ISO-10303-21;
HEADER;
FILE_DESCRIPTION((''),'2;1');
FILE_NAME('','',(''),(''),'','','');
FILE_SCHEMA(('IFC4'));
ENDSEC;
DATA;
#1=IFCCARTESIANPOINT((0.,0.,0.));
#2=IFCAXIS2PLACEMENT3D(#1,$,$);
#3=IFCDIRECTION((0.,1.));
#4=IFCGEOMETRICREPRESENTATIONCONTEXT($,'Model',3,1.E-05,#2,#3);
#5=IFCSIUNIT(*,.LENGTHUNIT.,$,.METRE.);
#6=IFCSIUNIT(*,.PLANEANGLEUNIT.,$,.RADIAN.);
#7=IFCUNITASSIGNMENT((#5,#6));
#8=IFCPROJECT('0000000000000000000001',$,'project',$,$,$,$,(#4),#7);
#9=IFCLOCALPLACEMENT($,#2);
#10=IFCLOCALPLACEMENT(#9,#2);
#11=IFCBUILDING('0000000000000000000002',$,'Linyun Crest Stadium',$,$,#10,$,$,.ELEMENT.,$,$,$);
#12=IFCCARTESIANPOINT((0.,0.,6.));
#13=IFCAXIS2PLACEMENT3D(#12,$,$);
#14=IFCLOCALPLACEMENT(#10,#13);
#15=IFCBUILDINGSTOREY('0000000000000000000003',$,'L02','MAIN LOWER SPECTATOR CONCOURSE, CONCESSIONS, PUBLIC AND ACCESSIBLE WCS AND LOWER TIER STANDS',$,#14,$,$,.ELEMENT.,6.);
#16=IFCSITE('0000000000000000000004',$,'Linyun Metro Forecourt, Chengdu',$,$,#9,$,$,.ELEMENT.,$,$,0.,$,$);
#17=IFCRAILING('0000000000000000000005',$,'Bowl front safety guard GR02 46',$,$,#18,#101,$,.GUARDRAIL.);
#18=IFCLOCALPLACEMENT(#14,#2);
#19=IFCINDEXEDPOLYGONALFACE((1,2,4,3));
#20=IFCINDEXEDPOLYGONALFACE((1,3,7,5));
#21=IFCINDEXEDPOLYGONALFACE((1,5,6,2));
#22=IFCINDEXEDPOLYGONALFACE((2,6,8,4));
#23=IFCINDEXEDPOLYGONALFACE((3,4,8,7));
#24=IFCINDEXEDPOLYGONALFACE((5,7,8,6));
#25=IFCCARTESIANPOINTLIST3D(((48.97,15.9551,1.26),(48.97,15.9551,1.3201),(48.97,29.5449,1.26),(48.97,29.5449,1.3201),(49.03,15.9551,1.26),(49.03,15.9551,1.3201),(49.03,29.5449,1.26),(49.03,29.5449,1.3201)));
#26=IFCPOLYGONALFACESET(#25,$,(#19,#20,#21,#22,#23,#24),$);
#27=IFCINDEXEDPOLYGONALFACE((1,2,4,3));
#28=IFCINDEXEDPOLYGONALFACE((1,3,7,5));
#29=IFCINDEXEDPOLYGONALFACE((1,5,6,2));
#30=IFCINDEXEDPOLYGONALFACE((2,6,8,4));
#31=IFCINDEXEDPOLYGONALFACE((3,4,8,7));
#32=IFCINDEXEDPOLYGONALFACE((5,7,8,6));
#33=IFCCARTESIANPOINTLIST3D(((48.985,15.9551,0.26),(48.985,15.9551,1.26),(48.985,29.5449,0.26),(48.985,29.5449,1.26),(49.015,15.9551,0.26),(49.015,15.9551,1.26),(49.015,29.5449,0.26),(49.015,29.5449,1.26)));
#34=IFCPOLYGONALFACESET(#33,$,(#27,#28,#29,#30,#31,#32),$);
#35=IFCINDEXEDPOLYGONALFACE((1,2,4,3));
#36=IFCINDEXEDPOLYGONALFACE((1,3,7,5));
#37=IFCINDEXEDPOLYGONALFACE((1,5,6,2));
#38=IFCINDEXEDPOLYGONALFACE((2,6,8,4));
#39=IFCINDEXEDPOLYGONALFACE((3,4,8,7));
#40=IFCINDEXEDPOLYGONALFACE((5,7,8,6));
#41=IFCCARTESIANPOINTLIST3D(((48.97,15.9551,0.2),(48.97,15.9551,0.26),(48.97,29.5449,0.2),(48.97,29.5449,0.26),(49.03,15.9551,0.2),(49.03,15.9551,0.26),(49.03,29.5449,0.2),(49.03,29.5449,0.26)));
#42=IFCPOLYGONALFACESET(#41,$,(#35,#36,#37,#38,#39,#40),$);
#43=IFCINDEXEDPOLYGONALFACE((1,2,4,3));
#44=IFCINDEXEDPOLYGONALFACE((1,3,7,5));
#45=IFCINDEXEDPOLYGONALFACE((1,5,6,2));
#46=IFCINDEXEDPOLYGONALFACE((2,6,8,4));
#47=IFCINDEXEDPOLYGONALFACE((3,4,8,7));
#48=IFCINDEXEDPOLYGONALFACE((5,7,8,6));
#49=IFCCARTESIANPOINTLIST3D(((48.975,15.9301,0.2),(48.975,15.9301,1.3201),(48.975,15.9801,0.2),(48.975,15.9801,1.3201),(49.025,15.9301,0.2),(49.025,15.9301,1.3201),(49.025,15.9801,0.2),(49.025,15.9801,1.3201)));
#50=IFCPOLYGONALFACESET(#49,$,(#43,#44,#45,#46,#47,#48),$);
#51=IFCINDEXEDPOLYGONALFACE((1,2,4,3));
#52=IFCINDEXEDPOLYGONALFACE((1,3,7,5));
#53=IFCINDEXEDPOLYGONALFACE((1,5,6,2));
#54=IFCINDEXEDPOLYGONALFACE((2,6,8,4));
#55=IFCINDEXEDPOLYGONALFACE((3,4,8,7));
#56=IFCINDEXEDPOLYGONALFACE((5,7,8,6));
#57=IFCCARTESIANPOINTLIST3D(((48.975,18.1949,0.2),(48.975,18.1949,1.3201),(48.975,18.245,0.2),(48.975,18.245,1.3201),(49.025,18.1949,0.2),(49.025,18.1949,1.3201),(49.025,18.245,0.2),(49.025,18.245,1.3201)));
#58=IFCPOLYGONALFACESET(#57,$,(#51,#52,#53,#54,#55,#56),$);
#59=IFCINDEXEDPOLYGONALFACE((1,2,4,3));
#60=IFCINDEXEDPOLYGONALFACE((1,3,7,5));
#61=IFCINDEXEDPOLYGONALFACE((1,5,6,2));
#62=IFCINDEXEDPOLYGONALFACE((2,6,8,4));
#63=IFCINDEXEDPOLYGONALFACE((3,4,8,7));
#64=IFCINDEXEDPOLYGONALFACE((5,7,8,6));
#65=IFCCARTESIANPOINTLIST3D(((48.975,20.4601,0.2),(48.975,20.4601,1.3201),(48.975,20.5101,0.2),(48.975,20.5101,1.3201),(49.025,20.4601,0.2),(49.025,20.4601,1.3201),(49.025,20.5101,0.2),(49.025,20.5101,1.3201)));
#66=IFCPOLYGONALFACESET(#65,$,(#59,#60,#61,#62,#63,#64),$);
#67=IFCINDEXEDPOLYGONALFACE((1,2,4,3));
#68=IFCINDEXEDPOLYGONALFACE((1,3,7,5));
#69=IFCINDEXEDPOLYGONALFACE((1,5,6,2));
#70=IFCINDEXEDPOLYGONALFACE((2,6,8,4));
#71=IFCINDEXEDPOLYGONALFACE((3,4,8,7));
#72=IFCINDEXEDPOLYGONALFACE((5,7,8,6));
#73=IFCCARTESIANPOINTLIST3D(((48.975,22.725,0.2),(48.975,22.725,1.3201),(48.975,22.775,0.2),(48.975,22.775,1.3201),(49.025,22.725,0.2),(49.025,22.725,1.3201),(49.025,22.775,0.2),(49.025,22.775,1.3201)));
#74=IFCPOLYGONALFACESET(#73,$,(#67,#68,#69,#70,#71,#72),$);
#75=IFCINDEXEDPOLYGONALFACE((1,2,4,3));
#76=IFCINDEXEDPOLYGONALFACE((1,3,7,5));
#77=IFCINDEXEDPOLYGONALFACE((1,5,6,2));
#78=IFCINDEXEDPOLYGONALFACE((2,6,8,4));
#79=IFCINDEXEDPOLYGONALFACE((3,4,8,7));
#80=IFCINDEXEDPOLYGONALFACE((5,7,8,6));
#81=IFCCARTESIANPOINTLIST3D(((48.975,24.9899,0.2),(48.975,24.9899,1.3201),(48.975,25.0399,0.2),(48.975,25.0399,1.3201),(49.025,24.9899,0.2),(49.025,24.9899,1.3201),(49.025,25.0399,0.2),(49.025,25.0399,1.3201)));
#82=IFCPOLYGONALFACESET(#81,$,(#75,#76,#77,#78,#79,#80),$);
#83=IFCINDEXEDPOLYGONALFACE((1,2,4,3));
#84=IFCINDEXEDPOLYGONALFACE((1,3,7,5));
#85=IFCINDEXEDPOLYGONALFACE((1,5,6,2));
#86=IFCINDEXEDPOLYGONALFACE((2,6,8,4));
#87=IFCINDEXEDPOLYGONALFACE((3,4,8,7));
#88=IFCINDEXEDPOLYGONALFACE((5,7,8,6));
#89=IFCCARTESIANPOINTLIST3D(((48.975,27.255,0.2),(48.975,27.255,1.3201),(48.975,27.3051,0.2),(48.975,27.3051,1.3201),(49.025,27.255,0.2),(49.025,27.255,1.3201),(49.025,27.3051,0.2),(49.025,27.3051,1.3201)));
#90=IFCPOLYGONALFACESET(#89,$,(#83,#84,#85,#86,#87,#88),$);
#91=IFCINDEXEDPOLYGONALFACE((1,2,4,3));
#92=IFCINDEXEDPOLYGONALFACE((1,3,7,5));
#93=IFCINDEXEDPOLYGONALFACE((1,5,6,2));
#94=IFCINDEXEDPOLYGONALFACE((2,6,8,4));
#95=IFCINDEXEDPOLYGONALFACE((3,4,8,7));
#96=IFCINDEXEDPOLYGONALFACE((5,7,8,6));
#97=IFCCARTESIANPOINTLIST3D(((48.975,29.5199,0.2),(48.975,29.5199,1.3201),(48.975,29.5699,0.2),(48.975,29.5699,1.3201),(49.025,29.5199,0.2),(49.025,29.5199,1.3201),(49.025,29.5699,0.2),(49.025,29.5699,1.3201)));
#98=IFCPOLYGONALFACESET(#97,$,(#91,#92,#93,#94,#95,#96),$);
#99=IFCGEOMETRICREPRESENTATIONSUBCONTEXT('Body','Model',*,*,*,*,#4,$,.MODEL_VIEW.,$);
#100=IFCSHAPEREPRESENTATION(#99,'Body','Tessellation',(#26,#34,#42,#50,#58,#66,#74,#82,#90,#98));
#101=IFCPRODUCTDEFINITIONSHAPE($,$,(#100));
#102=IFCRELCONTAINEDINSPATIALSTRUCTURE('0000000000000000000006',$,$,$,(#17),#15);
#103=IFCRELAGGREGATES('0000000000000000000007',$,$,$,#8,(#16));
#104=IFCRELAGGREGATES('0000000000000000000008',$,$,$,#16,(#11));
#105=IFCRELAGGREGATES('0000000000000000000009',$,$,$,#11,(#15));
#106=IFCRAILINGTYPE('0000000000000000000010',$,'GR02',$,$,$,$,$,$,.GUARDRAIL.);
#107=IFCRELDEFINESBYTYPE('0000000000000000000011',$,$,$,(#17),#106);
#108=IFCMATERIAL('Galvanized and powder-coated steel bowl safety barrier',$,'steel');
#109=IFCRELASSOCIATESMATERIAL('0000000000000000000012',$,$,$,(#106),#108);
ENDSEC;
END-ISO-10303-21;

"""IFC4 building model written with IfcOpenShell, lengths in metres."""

from ifc_helpers import new_model, si_unit, direction, frame, origin, origin_2d, place, context, subcontext, project, spatial, rectangle, extrude, material, type_object, element, save


model = new_model("IFC4")

# Units and contexts
model_context = context("Model", 3, precision=1e-05, world=origin(), true_north=direction((0.0, 1.0)))
body_context = subcontext(model_context, "Body", "Model", "MODEL_VIEW")
ifc_project = project(units=[si_unit("LENGTHUNIT", "METRE"), si_unit("PLANEANGLEUNIT", "RADIAN")], contexts=[model_context])

# Site, building, storey
site_placement = place(None, origin())
site = spatial("IfcSite", under=ifc_project, at=site_placement, Name="Linyun Metro Forecourt, Chengdu", CompositionType="ELEMENT", RefElevation=0.0)
building_placement = place(site_placement, origin())
building = spatial("IfcBuilding", under=site, at=building_placement, Name="Linyun Crest Stadium", CompositionType="ELEMENT")
storey_placement = place(building_placement, frame((0.0, 0.0, 6.0)))
storey = spatial("IfcBuildingStorey", under=building, at=storey_placement, Name="L02", Description="MAIN LOWER SPECTATOR CONCOURSE, CONCESSIONS, PUBLIC AND ACCESSIBLE WCS AND LOWER TIER STANDS", CompositionType="ELEMENT", Elevation=6.0)

# Railing
ifc_material_1 = material(Name="Galvanized and powder-coated steel bowl safety barrier", Category="steel")
railing_type = type_object("IfcRailingType", Name="GR02", PredefinedType="GUARDRAIL", material=ifc_material_1)
for number, where, name in (
    (1, (49.0, 15.9551, 0.2), "Bowl front safety guard GR02 46"),
):
    element("IfcRailing", number, at=place(storey_placement, frame(where)), inside=storey, type_object=railing_type, Name=name, PredefinedType="GUARDRAIL", context=body_context, shape_type="SweptSolid", body=[
        extrude(rectangle(XDim=0.0601, YDim=0.0601, at=origin_2d()), frame((0.0, 0.0, 1.0901), z_axis=(0.0, 1.0, 0.0), x_axis=(-1.0, 0.0, 0.0)), (0.0, 0.0, 1.0), 13.5898),
        extrude(rectangle(XDim=0.03, YDim=1.0, at=origin_2d()), frame((0.0, 0.0, 0.5601), z_axis=(0.0, 1.0, 0.0), x_axis=(-1.0, 0.0, 0.0)), (0.0, 0.0, 1.0), 13.5898),
        extrude(rectangle(XDim=0.0601, YDim=0.0601, at=origin_2d()), frame((0.0, 0.0, 0.03), z_axis=(0.0, 1.0, 0.0), x_axis=(-1.0, 0.0, 0.0)), (0.0, 0.0, 1.0), 13.5898),
        extrude(rectangle(XDim=0.05, YDim=0.05, at=origin_2d()), origin(), (0.0, 0.0, 1.0), 1.1201),
        extrude(rectangle(XDim=0.05, YDim=0.05, at=origin_2d()), frame((0.0, 2.2649, 0.0)), (0.0, 0.0, 1.0), 1.1201),
        extrude(rectangle(XDim=0.05, YDim=0.05, at=origin_2d()), frame((0.0, 4.53, 0.0)), (0.0, 0.0, 1.0), 1.1201),
        extrude(rectangle(XDim=0.05, YDim=0.05, at=origin_2d()), frame((0.0, 6.7949, 0.0)), (0.0, 0.0, 1.0), 1.1201),
        extrude(rectangle(XDim=0.05, YDim=0.05, at=origin_2d()), frame((0.0, 9.0598, 0.0)), (0.0, 0.0, 1.0), 1.1201),
        extrude(rectangle(XDim=0.05, YDim=0.05, at=origin_2d()), frame((0.0, 11.325, 0.0)), (0.0, 0.0, 1.0), 1.1201),
        extrude(rectangle(XDim=0.05, YDim=0.05, at=origin_2d()), frame((0.0, 13.5898, 0.0)), (0.0, 0.0, 1.0), 1.1201),
    ])

save(model, "model.ifc")
